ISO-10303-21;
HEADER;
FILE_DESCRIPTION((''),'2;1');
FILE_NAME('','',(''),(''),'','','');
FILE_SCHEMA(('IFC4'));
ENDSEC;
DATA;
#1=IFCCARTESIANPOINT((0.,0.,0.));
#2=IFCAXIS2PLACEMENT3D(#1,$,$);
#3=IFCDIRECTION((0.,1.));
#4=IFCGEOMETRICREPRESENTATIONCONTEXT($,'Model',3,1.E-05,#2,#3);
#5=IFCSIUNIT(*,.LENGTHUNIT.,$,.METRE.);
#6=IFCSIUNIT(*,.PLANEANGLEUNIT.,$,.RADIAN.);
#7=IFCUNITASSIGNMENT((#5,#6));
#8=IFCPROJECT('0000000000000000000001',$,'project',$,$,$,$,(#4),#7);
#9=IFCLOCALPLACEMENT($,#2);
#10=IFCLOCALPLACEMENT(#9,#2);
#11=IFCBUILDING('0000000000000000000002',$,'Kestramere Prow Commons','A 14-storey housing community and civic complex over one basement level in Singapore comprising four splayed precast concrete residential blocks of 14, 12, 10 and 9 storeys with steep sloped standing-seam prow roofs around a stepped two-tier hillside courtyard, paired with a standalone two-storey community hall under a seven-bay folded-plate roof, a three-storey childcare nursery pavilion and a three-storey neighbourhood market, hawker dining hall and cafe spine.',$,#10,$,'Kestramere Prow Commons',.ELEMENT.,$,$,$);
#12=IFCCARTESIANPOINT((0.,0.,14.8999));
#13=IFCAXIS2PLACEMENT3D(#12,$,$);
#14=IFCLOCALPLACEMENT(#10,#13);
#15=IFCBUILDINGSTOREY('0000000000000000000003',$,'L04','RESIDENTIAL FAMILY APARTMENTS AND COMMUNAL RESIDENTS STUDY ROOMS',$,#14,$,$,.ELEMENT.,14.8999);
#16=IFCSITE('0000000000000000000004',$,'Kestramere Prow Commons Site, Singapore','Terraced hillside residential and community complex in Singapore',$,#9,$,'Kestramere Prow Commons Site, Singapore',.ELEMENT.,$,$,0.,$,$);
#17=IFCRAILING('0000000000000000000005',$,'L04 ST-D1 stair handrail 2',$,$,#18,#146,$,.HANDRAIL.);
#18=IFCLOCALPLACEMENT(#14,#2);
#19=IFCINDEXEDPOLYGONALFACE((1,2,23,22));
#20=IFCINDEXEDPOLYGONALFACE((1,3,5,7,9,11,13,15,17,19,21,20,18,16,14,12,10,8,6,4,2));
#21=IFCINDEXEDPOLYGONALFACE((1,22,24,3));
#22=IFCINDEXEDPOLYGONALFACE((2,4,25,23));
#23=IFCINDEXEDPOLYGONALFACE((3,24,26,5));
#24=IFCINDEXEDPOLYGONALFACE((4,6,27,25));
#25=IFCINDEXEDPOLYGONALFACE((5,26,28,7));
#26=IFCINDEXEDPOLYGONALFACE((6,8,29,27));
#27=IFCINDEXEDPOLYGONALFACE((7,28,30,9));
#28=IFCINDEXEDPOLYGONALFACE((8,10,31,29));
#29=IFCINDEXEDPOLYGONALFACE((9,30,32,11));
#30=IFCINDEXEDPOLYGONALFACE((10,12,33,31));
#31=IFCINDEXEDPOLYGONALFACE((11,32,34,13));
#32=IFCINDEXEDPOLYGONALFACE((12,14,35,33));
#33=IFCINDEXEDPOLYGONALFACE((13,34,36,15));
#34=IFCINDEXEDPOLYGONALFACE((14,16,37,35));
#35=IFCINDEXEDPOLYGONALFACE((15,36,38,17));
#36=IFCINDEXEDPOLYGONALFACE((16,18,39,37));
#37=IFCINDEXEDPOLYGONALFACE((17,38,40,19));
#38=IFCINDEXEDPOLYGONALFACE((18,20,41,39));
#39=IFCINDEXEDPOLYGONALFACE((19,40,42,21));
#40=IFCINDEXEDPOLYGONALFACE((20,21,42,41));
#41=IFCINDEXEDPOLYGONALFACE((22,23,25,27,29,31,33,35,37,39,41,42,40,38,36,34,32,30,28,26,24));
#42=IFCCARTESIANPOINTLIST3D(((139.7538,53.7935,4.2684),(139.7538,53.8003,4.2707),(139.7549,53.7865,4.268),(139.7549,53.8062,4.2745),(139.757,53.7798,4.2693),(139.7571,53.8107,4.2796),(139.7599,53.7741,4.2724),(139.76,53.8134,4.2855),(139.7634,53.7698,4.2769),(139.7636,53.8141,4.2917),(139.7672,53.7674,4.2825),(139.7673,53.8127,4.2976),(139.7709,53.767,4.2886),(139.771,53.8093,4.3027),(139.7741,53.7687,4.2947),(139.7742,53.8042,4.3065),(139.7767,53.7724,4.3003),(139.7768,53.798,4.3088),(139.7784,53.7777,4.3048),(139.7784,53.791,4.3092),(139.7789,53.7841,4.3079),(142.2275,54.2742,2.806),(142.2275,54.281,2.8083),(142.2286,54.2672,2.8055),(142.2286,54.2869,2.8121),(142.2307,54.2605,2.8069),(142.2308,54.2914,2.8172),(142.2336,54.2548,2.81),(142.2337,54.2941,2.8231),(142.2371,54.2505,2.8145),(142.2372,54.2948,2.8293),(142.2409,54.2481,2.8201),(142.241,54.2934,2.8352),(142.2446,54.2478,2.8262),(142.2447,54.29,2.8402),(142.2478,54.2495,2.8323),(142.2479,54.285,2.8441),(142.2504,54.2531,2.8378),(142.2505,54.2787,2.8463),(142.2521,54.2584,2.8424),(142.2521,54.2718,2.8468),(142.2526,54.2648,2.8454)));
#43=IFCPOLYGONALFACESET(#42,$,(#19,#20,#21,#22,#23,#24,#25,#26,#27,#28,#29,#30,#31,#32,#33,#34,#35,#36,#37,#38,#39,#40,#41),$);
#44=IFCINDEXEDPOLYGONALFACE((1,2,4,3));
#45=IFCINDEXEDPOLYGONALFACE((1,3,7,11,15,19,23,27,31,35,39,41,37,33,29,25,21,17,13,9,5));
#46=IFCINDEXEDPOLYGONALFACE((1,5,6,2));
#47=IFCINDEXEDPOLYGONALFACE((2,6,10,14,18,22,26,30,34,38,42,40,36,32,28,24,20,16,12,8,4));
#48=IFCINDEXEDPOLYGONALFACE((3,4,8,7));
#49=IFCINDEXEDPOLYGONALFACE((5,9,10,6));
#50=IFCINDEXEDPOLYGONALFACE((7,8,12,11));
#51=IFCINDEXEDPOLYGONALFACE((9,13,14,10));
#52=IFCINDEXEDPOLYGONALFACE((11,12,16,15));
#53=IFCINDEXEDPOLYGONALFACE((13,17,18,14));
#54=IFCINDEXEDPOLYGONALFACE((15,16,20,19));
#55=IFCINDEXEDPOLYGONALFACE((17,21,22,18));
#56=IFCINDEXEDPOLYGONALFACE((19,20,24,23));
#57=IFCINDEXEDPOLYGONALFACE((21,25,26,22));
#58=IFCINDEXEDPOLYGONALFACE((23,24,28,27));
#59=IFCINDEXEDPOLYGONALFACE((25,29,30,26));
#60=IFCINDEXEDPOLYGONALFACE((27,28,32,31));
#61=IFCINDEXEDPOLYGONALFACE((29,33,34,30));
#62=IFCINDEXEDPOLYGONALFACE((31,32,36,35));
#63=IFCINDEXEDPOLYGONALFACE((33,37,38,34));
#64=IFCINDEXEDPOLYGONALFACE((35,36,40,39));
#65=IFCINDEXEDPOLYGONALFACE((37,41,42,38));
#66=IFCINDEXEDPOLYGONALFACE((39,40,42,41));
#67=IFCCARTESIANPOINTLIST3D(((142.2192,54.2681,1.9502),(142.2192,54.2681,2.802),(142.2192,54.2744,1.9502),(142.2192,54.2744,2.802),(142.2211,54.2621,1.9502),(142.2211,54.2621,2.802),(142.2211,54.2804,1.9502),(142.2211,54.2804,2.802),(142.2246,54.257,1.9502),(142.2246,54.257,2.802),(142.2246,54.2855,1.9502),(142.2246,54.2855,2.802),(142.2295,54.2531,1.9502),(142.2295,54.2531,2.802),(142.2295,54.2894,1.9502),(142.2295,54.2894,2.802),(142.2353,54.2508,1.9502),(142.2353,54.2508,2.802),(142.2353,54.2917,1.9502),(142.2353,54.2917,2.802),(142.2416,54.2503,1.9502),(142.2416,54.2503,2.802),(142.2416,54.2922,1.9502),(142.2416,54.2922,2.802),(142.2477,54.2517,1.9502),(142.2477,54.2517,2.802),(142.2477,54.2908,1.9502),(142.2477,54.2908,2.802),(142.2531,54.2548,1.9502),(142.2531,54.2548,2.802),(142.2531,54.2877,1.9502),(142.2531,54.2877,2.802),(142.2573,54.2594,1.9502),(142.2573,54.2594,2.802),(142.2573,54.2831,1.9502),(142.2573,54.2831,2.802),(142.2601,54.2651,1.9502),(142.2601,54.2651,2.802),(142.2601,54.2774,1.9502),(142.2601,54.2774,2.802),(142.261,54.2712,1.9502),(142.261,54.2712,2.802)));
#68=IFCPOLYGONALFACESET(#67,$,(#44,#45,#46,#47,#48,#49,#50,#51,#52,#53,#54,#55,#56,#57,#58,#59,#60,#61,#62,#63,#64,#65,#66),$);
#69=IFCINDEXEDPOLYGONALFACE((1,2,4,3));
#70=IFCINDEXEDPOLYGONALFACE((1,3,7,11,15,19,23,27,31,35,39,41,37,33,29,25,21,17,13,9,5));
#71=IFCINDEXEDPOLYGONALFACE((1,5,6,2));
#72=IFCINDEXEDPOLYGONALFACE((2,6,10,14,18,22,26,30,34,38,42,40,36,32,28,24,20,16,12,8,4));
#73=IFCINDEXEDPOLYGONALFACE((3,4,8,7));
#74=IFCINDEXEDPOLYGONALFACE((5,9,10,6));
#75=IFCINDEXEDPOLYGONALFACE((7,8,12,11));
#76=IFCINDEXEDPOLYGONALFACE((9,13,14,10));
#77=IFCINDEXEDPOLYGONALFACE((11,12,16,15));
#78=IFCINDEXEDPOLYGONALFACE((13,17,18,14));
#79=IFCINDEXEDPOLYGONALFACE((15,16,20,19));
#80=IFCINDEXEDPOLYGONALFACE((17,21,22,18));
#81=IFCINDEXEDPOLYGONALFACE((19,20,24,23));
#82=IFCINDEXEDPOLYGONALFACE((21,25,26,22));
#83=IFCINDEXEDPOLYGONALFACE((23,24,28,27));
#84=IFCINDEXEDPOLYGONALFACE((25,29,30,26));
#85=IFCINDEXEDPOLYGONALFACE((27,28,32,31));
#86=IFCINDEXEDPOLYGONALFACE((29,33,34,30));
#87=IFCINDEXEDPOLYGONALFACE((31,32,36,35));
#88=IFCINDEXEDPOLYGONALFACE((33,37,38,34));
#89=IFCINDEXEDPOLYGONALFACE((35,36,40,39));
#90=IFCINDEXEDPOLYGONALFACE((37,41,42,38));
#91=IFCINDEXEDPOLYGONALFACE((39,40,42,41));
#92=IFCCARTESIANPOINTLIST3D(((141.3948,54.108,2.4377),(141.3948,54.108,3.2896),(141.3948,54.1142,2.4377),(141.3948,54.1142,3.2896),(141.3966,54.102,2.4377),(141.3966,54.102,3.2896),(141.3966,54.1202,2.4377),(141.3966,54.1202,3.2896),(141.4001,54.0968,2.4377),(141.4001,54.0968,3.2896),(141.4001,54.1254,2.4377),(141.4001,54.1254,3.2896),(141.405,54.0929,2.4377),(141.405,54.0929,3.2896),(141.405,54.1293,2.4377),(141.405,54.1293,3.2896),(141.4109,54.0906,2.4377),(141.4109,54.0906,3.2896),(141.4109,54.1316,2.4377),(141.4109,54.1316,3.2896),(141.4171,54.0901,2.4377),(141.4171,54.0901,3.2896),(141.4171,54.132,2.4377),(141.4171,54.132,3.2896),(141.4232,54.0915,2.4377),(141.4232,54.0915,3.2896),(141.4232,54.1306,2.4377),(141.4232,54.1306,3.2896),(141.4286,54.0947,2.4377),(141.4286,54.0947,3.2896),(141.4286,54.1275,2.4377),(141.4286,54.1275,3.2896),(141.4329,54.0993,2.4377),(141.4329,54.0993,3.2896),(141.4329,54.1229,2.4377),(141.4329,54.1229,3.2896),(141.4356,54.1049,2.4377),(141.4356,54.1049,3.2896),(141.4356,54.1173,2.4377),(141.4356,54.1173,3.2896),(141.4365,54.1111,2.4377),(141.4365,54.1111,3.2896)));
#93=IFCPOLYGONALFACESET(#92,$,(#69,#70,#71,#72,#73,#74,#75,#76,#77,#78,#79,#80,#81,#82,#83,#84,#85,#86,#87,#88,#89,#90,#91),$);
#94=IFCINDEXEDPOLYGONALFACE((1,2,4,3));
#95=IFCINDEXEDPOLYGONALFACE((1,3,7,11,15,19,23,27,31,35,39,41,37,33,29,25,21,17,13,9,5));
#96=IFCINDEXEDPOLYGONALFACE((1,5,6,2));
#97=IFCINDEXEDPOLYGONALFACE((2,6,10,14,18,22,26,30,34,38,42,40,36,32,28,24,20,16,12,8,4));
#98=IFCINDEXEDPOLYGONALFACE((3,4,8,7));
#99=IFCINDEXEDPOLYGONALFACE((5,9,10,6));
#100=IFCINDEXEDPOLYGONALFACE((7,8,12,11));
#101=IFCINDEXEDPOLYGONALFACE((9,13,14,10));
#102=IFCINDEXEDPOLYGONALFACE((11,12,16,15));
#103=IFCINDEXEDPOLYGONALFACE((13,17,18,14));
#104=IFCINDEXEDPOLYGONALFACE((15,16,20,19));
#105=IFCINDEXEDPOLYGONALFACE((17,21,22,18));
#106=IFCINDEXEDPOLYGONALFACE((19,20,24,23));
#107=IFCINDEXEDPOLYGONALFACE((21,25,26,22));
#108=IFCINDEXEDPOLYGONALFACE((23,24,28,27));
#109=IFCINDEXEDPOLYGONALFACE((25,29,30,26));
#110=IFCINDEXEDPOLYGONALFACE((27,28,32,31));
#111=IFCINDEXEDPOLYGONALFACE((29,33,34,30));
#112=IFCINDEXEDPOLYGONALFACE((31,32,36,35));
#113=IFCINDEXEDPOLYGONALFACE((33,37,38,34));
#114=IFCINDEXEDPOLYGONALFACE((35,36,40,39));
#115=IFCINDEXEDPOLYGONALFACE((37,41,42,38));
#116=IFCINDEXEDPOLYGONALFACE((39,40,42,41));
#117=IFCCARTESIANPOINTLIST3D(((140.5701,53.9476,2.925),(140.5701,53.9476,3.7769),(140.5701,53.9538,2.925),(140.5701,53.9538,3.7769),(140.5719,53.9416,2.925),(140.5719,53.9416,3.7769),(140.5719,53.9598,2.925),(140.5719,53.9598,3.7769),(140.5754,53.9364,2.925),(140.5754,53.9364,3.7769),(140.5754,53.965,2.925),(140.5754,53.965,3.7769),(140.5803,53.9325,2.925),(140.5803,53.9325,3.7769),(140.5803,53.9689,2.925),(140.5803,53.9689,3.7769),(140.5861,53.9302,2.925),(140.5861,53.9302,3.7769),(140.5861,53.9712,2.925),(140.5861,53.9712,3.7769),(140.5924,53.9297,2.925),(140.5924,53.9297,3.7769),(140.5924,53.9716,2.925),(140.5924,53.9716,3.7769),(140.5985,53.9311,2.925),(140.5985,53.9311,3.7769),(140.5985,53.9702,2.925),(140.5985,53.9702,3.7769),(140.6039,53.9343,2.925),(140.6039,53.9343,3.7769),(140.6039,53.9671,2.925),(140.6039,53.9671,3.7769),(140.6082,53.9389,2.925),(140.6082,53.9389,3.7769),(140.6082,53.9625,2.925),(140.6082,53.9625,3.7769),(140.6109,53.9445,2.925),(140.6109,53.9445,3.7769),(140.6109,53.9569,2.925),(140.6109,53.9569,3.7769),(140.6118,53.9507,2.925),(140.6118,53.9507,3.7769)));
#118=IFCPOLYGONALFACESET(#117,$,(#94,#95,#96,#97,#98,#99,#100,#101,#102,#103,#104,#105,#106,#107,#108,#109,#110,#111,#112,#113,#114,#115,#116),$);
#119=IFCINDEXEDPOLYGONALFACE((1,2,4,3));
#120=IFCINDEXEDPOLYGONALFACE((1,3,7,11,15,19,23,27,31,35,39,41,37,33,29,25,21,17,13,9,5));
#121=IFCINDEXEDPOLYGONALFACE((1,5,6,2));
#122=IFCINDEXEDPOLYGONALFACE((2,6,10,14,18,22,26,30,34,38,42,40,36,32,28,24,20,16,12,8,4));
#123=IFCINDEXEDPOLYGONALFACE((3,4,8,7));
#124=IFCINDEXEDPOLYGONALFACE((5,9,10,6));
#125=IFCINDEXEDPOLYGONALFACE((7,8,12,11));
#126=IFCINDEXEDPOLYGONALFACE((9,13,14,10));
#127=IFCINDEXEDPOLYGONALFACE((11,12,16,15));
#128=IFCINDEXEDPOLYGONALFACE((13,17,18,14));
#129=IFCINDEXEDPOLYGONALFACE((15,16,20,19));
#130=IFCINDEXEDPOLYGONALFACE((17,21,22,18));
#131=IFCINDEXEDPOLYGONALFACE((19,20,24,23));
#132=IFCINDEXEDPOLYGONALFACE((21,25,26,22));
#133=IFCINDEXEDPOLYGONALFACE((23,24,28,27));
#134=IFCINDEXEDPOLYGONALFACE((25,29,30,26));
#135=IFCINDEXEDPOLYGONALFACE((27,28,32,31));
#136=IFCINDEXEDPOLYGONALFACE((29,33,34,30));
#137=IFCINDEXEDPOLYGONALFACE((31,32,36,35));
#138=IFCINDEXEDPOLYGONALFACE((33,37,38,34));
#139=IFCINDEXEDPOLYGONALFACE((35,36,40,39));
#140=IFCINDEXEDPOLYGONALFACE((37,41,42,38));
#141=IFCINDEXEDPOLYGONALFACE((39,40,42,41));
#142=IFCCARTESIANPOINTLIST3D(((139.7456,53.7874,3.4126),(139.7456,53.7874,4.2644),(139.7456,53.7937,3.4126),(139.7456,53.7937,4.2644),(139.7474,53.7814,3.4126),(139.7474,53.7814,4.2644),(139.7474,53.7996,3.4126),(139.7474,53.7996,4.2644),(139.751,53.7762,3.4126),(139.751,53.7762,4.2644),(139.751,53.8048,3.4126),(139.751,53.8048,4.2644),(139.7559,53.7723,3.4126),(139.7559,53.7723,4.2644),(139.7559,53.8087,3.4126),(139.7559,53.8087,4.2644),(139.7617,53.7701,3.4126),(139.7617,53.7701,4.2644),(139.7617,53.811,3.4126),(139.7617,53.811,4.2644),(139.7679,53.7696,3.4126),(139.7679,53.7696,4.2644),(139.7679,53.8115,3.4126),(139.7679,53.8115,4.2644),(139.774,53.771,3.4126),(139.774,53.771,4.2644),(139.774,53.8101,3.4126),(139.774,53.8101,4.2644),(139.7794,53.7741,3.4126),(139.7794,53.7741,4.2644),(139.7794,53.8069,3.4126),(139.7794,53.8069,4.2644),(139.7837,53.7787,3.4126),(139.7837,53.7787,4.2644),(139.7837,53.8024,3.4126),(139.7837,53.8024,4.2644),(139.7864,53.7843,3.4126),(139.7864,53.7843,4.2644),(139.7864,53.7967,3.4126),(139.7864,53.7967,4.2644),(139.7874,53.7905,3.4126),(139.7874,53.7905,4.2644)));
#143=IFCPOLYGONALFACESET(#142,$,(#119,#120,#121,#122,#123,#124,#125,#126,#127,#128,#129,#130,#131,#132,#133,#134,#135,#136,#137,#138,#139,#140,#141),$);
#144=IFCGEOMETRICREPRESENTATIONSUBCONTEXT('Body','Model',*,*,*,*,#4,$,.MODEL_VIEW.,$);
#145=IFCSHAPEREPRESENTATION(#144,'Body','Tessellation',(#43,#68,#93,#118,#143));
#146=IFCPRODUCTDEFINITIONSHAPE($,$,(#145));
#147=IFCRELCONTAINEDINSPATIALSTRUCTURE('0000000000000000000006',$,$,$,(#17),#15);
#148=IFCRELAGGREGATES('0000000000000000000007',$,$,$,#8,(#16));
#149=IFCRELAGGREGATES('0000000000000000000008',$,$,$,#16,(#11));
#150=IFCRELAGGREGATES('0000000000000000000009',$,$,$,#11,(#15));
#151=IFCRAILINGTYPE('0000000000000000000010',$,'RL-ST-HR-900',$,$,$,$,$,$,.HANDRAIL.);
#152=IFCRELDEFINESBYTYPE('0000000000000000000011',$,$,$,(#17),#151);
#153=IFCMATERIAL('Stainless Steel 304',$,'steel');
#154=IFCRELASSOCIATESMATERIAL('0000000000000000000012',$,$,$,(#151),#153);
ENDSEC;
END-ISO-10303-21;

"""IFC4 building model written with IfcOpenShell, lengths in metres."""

from ifc_helpers import new_model, si_unit, direction, frame, origin, origin_2d, place, context, subcontext, project, spatial, circle, extrude, material, type_object, element, save


model = new_model("IFC4")

# Units and contexts
model_context = context("Model", 3, precision=1e-05, world=origin(), true_north=direction((0.0, 1.0)))
body_context = subcontext(model_context, "Body", "Model", "MODEL_VIEW")
ifc_project = project(units=[si_unit("LENGTHUNIT", "METRE"), si_unit("PLANEANGLEUNIT", "RADIAN")], contexts=[model_context])

# Site, building, storey
site_placement = place(None, origin())
site = spatial("IfcSite", under=ifc_project, at=site_placement, Name="Kestramere Prow Commons Site, Singapore", Description="Terraced hillside residential and community complex in Singapore", LongName="Kestramere Prow Commons Site, Singapore", CompositionType="ELEMENT", RefElevation=0.0)
building_placement = place(site_placement, origin())
building = spatial("IfcBuilding", under=site, at=building_placement, Name="Kestramere Prow Commons", Description="A 14-storey housing community and civic complex over one basement level in Singapore comprising four splayed precast concrete residential blocks of 14, 12, 10 and 9 storeys with steep sloped standing-seam prow roofs around a stepped two-tier hillside courtyard, paired with a standalone two-storey community hall under a seven-bay folded-plate roof, a three-storey childcare nursery pavilion and a three-storey neighbourhood market, hawker dining hall and cafe spine.", LongName="Kestramere Prow Commons", CompositionType="ELEMENT")
storey_placement = place(building_placement, frame((0.0, 0.0, 14.8999)))
storey = spatial("IfcBuildingStorey", under=building, at=storey_placement, Name="L04", Description="RESIDENTIAL FAMILY APARTMENTS AND COMMUNAL RESIDENTS STUDY ROOMS", CompositionType="ELEMENT", Elevation=14.8999)

# Railing
ifc_material_1 = material(Name="Stainless Steel 304", Category="steel")
railing_type_1 = type_object("IfcRailingType", Name="RL-ST-HR-900", PredefinedType="HANDRAIL", material=ifc_material_1)
railing_1_placement = place(storey_placement, frame((142.24, 54.2712, 1.9502)))
element("IfcRailing", 1, at=railing_1_placement, inside=storey, type_object=railing_type_1, Name="L04 ST-D1 stair handrail 2", PredefinedType="HANDRAIL", context=body_context, shape_type="SweptSolid", body=[
    extrude(circle(Radius=0.0239, at=origin_2d()), frame((0.0, 0.0, 0.876), z_axis=(-0.84902, -0.164994, 0.501938), x_axis=(0.190766, -0.981636, 0.0)), (0.0, 0.0, 1.0), 2.9136),
    extrude(circle(Radius=0.021, at=origin_2d()), origin(), (0.0, 0.0, 1.0), 0.8518),
    extrude(circle(Radius=0.021, at=origin_2d()), frame((-0.8245, -0.1602, 0.4875)), (0.0, 0.0, 1.0), 0.8518),
    extrude(circle(Radius=0.021, at=origin_2d()), frame((-1.6492, -0.3206, 0.9749)), (0.0, 0.0, 1.0), 0.8518),
    extrude(circle(Radius=0.021, at=origin_2d()), frame((-2.4736, -0.4807, 1.4624)), (0.0, 0.0, 1.0), 0.8518),
])

save(model, "model.ifc")
